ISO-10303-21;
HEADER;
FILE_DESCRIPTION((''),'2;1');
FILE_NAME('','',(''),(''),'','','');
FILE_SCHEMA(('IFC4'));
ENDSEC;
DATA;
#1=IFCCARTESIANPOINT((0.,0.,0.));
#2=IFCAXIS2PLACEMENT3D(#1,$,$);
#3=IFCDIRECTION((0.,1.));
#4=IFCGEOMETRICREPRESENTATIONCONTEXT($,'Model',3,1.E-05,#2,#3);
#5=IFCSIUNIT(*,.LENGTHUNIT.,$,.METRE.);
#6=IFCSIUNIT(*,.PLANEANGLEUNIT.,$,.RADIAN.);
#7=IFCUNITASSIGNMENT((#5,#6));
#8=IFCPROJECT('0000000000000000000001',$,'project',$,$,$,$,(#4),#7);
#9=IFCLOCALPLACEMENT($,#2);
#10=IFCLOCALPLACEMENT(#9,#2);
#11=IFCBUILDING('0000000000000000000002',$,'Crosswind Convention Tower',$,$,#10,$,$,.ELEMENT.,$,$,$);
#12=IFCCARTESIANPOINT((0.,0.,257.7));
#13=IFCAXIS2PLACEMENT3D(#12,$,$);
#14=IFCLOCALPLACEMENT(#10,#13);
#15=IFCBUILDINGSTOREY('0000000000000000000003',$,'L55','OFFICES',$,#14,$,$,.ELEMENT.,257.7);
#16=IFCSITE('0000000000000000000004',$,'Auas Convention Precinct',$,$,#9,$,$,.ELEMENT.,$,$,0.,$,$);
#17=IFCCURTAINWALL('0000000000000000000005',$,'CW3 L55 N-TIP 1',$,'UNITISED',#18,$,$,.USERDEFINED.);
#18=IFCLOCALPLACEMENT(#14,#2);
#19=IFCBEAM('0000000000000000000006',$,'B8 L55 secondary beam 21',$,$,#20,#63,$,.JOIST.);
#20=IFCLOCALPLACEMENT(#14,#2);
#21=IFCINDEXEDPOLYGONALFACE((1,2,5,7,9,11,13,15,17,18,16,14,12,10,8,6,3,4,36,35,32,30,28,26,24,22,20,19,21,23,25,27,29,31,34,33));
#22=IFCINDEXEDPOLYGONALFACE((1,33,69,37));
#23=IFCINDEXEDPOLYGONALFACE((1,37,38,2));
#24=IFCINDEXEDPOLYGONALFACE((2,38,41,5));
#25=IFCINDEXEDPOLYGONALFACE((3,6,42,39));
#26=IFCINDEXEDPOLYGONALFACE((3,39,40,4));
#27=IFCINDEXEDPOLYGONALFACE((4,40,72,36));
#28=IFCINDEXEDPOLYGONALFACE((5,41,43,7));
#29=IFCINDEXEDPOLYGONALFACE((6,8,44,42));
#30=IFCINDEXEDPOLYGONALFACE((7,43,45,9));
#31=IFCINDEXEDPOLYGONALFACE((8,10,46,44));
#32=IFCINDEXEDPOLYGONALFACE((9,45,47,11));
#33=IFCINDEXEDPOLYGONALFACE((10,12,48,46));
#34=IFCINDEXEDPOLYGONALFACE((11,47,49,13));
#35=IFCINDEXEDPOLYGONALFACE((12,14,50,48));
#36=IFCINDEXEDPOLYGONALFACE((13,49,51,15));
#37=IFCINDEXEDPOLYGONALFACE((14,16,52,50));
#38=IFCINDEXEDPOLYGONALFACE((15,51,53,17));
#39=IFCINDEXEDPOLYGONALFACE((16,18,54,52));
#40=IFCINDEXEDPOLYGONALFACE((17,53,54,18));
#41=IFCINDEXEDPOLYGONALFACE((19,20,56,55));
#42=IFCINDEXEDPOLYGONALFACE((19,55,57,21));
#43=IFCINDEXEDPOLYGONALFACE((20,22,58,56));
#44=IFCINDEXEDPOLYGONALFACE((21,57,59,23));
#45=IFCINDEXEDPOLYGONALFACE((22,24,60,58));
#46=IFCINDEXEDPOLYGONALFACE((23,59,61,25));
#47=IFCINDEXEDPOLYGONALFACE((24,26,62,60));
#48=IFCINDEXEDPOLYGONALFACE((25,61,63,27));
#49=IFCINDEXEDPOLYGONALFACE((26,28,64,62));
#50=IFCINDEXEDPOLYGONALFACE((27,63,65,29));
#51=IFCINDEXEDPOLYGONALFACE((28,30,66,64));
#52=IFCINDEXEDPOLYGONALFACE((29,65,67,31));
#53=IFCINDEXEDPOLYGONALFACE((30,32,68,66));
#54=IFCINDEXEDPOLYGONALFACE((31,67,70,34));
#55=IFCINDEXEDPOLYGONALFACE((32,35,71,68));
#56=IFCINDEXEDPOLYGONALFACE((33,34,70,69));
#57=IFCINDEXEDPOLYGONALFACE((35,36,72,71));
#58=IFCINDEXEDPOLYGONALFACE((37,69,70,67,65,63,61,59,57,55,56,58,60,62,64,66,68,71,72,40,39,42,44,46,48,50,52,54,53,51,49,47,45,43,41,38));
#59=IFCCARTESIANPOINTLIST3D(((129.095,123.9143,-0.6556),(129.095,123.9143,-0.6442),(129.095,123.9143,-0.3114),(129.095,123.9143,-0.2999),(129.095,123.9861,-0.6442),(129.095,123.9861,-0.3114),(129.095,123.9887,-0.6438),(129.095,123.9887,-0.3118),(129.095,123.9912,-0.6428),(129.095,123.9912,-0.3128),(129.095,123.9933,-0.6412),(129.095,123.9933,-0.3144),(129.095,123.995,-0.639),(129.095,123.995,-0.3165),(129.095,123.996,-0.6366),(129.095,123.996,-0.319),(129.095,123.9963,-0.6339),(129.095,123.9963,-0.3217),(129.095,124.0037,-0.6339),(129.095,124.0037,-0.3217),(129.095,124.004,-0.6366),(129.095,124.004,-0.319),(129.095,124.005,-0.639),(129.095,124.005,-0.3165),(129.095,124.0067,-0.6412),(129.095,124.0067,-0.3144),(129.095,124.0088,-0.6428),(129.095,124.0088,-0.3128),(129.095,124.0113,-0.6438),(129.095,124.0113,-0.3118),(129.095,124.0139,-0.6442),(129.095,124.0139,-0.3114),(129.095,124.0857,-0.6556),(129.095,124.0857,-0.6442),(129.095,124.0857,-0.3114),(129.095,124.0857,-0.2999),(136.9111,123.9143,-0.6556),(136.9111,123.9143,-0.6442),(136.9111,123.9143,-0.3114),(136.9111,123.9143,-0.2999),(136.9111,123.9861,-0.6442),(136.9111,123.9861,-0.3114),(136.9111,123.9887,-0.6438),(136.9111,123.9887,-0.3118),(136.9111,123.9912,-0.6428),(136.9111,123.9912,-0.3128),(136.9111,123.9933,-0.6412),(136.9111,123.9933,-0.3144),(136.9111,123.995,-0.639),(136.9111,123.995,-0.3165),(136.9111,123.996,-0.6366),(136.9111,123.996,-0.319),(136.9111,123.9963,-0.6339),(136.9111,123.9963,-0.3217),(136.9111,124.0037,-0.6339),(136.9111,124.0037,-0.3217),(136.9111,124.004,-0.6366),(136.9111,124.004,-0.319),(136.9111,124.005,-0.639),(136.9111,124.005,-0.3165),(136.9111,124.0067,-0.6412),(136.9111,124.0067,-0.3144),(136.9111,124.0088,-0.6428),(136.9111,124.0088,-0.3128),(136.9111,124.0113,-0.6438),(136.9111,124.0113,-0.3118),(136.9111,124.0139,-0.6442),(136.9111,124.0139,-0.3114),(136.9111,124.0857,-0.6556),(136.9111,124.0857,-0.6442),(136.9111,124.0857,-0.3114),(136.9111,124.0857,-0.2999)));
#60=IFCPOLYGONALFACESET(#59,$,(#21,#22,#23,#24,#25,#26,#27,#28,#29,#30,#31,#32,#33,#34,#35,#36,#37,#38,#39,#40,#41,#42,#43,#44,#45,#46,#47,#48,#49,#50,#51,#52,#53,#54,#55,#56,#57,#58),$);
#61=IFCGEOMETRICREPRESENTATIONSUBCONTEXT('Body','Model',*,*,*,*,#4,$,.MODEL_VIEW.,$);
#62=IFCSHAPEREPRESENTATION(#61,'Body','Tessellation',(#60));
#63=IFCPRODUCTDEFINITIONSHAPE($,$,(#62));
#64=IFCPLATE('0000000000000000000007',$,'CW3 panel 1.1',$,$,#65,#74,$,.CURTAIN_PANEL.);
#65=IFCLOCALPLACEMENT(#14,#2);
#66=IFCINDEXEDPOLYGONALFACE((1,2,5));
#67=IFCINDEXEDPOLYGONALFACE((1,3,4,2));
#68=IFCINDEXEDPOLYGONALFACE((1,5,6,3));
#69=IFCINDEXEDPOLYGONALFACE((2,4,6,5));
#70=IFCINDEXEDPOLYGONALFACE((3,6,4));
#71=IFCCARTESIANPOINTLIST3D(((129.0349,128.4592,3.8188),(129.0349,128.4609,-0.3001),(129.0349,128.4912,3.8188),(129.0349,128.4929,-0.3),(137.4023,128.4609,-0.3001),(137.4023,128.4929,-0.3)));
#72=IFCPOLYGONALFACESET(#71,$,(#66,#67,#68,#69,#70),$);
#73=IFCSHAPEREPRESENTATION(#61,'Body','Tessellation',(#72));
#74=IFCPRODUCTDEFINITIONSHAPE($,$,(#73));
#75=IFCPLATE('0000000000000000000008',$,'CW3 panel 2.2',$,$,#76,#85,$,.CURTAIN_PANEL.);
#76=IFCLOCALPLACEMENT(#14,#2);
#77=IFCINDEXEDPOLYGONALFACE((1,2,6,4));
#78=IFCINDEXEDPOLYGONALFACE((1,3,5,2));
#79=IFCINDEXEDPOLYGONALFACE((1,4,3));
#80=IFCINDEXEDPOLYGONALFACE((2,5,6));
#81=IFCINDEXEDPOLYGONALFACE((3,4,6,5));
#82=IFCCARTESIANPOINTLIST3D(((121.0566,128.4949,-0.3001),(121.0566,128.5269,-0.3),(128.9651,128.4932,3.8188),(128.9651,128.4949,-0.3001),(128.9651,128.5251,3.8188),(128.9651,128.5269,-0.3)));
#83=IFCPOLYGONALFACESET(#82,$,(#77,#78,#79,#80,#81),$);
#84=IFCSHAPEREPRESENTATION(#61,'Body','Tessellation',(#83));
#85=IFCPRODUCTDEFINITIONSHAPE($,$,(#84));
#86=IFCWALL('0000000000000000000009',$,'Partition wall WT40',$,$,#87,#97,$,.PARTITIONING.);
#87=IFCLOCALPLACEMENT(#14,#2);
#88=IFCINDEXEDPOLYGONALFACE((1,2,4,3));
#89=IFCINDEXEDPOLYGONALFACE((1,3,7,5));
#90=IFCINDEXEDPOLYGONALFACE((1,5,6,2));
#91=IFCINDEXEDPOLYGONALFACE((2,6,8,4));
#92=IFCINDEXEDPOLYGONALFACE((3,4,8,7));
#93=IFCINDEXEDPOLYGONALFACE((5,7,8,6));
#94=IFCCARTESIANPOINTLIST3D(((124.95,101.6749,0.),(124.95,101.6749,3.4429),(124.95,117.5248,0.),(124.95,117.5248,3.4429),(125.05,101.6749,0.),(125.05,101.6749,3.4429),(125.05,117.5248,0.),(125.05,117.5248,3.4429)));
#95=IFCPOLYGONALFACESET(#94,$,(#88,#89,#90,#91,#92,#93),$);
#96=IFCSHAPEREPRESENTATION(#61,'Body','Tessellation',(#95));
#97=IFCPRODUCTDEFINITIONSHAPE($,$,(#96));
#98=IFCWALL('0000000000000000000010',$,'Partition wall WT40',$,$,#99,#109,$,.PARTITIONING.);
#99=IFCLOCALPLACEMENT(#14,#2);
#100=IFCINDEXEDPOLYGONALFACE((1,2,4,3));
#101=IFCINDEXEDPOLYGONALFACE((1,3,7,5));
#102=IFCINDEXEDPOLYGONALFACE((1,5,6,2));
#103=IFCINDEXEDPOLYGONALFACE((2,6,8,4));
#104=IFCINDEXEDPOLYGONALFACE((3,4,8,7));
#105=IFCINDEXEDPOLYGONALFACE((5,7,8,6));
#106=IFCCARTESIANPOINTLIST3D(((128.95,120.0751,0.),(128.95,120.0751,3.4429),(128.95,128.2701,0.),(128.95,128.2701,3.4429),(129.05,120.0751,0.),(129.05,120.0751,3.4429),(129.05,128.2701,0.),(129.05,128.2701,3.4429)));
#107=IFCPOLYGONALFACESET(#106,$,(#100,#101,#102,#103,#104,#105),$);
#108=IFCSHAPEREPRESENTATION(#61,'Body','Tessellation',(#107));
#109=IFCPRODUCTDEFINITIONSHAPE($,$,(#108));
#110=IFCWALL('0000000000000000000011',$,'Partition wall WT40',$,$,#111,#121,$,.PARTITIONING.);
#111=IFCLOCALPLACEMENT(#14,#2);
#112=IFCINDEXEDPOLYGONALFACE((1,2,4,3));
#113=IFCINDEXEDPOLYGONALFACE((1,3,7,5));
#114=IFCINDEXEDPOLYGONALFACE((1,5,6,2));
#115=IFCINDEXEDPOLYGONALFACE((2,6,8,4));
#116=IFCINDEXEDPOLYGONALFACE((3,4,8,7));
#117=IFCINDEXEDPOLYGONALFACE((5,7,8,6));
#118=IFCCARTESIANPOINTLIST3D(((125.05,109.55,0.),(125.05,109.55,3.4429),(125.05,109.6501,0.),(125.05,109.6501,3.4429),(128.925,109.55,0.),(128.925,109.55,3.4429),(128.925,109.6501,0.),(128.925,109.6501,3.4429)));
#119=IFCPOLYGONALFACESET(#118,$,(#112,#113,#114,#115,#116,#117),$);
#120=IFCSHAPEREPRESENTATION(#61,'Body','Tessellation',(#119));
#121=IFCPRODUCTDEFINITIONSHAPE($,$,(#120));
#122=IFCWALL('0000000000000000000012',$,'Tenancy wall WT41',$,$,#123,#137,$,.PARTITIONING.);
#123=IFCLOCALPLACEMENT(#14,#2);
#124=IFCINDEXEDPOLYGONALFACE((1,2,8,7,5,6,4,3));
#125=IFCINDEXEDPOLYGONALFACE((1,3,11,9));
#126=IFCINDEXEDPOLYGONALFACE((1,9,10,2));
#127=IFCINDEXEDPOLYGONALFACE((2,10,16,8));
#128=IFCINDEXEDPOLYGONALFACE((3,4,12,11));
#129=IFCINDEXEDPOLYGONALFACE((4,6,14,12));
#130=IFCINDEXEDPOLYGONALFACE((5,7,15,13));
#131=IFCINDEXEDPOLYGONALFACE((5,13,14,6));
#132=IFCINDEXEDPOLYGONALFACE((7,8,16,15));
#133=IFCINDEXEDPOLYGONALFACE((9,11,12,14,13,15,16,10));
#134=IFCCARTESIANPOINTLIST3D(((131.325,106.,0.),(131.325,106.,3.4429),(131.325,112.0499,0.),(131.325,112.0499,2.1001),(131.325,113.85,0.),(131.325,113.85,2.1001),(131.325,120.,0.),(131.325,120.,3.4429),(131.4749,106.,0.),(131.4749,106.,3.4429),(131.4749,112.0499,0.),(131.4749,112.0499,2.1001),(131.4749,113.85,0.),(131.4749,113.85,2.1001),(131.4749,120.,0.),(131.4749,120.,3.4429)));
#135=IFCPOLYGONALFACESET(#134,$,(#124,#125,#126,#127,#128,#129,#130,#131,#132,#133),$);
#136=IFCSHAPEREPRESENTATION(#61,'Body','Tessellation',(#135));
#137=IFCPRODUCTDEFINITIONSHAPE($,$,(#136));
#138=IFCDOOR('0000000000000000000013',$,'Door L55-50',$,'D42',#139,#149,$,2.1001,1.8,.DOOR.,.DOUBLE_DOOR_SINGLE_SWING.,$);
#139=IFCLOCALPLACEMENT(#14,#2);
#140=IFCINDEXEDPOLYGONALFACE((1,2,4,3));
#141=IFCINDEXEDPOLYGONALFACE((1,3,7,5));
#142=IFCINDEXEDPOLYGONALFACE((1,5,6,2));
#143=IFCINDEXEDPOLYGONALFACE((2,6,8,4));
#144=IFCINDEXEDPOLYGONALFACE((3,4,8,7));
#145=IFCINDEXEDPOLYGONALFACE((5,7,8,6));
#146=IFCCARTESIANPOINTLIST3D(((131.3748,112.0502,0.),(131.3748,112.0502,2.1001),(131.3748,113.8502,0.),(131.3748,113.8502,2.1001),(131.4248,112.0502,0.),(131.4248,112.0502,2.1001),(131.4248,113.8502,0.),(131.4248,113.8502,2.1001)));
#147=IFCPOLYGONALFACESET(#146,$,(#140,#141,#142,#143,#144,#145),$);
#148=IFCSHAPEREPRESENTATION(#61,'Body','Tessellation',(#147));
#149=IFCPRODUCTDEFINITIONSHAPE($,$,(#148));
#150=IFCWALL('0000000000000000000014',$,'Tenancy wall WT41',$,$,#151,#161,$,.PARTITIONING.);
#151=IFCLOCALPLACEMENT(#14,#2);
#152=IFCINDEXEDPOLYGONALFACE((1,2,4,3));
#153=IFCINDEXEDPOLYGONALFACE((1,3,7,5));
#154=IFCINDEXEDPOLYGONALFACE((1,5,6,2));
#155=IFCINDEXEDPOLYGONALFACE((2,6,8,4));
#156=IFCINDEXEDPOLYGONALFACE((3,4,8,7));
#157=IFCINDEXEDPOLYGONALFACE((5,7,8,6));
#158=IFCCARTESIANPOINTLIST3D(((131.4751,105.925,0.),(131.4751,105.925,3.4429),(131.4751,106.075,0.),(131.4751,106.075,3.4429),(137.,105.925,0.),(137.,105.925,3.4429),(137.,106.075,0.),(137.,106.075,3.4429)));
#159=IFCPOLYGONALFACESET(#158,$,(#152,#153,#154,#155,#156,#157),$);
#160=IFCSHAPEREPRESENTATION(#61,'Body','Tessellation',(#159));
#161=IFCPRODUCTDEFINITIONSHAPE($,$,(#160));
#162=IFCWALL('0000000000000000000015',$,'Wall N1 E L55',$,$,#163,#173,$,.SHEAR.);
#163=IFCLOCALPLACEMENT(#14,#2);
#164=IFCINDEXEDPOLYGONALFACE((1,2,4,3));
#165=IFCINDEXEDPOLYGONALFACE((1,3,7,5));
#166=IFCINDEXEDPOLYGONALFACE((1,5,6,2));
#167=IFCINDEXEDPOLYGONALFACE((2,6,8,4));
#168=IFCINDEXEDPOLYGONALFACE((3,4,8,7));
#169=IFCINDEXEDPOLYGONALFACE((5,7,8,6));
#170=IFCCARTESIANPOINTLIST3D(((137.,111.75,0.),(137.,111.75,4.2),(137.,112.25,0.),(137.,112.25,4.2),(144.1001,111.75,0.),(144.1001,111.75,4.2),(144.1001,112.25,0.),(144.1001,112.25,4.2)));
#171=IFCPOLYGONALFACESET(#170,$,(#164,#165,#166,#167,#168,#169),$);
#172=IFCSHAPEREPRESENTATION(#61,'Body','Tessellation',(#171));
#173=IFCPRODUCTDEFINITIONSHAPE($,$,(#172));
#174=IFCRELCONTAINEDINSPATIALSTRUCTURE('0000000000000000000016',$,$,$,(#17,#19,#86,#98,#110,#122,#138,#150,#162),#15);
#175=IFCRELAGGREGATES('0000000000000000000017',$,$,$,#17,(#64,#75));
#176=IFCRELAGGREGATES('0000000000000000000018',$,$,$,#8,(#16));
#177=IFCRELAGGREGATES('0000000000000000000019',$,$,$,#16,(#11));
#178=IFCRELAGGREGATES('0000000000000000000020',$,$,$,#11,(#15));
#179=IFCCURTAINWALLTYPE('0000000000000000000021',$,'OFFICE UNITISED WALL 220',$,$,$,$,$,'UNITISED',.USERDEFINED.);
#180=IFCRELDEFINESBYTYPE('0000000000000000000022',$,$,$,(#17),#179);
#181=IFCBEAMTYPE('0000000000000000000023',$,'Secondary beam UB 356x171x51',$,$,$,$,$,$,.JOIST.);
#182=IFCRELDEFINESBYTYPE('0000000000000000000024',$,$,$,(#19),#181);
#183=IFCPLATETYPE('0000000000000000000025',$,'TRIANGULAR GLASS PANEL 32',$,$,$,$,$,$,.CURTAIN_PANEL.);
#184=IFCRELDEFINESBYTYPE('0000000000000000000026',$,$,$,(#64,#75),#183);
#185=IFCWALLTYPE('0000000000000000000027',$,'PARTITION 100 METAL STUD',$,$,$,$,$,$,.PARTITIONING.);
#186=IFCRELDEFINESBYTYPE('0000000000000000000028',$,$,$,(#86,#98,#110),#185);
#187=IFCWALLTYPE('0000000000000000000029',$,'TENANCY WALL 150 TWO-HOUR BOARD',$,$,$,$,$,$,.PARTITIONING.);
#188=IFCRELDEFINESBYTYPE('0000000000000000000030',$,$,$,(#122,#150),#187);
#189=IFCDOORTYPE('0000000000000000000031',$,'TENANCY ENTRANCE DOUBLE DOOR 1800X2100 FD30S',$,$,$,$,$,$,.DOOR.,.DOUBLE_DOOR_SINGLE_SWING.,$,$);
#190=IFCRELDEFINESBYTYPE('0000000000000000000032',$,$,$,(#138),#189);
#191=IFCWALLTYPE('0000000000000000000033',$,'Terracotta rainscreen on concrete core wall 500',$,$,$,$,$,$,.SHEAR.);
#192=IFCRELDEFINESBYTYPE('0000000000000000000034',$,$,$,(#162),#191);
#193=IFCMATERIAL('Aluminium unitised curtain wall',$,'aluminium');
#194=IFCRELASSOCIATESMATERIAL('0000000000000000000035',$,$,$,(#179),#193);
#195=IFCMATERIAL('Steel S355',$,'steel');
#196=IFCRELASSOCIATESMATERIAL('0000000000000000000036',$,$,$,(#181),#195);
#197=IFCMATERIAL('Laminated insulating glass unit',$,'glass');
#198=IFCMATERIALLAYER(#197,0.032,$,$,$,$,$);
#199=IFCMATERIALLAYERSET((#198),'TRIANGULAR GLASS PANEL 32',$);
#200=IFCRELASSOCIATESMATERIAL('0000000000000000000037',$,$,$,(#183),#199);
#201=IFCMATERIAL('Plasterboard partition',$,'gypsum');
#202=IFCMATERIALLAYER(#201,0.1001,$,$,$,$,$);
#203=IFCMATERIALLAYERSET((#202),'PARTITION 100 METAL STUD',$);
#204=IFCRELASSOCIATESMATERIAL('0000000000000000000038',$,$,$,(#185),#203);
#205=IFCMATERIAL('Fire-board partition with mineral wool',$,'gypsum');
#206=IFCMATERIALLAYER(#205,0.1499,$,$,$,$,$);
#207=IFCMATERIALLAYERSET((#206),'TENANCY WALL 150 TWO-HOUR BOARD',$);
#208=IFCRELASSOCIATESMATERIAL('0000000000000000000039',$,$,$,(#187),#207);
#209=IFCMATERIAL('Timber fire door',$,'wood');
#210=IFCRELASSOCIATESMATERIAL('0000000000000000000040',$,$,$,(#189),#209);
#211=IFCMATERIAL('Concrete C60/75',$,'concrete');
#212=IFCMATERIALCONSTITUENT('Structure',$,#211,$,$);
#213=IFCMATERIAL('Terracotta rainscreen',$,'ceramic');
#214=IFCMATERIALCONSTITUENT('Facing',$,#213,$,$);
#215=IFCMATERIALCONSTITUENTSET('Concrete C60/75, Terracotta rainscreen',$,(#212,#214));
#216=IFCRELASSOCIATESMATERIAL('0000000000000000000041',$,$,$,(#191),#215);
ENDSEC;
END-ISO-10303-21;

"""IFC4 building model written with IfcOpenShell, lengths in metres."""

from ifc_helpers import new_model, si_unit, direction, frame, frame_2d, origin, origin_2d, place, context, subcontext, project, spatial, polyline, rectangle, i_section, outline, extrude, material, layer, layer_set, constituent, constituent_set, material_profile, profile_set, type_object, element, fill, aggregate, save


model = new_model("IFC4")

# Units and contexts
model_context = context("Model", 3, precision=1e-05, world=origin(), true_north=direction((0.0, 1.0)))
body_context = subcontext(model_context, "Body", "Model", "MODEL_VIEW")
ifc_project = project(units=[si_unit("LENGTHUNIT", "METRE"), si_unit("PLANEANGLEUNIT", "RADIAN")], contexts=[model_context])

# Site, building, storey
site_placement = place(None, origin())
site = spatial("IfcSite", under=ifc_project, at=site_placement, Name="Auas Convention Precinct", CompositionType="ELEMENT", RefElevation=0.0)
building_placement = place(site_placement, origin())
building = spatial("IfcBuilding", under=site, at=building_placement, Name="Crosswind Convention Tower", CompositionType="ELEMENT")
storey_placement = place(building_placement, frame((0.0, 0.0, 257.7)))
storey = spatial("IfcBuildingStorey", under=building, at=storey_placement, Name="L55", Description="OFFICES", CompositionType="ELEMENT", Elevation=257.7)

# Shared definitions
ifc_material_1 = material(Name="Concrete C60/75", Category="concrete")

# Shared definitions
ifc_material_2 = material(Name="Steel S355", Category="steel")

# Curtain wall
ifc_material_3 = material(Name="Aluminium unitised curtain wall", Category="aluminium")
curtain_wall_type = type_object("IfcCurtainWallType", Name="OFFICE UNITISED WALL 220", ElementType="UNITISED", PredefinedType="USERDEFINED", material=ifc_material_3)
curtain_wall_placement = place(storey_placement, origin())
curtain_wall = element("IfcCurtainWall", 1, at=curtain_wall_placement, inside=storey, type_object=curtain_wall_type, Name="CW3 L55 N-TIP 1", ObjectType="UNITISED", PredefinedType="USERDEFINED")

# Beam
ifc_material_profile_1 = material_profile(ifc_material_2, i_section(OverallWidth=0.1714, OverallDepth=0.3557, WebThickness=0.0073, FlangeThickness=0.0115, FilletRadius=0.0103, at=origin_2d()), Name="UB 356x171x51")
ifc_profile_set_1 = profile_set([ifc_material_profile_1], Name="Steel S355")
beam_type_1 = type_object("IfcBeamType", Name="Secondary beam UB 356x171x51", PredefinedType="JOIST", material=ifc_profile_set_1)
for number, where, z_axis, x_axis, name in (
    (2, (129.095, 124.0, -0.4778), (1.0, 0.0, 0.0), (0.0, 1.0, 0.0), "B8 L55 secondary beam 21"),
):
    element("IfcBeam", number, at=place(storey_placement, frame(where, z_axis=z_axis, x_axis=x_axis)), inside=storey, type_object=beam_type_1, Name=name, PredefinedType="JOIST", context=body_context, shape_type="SweptSolid", body=[
        extrude(i_section(OverallWidth=0.1714, OverallDepth=0.3557, WebThickness=0.0073, FlangeThickness=0.0115, FilletRadius=0.0103, at=origin_2d()), origin(), (0.0, 0.0, 1.0), 7.8162),
    ])

# Plates
ifc_material_4 = material(Name="Laminated insulating glass unit", Category="glass")
ifc_layer_1 = layer(ifc_material_4, 0.032)
ifc_layer_set_1 = layer_set([ifc_layer_1], Name="TRIANGULAR GLASS PANEL 32")
plate_type = type_object("IfcPlateType", Name="TRIANGULAR GLASS PANEL 32", PredefinedType="CURTAIN_PANEL", material=ifc_layer_set_1)
plate_1_placement = place(storey_placement, frame((129.0349, 128.4929, -0.3), z_axis=(0.0, 1.0, 0.000415), x_axis=(0.0, -0.000415, 1.0)))
plate_1 = element("IfcPlate", 3, at=plate_1_placement, type_object=plate_type, Name="CW3 panel 1.1", PredefinedType="CURTAIN_PANEL", context=body_context, shape_type="SweptSolid", body=[
    extrude(outline(polyline([(0.0, 0.0), (4.1189, 0.0), (0.0, 8.3674), (0.0, 0.0)])), origin(), (0.0, 0.0, -1.0), 0.032),
])
plate_2_placement = place(storey_placement, frame((128.9651, 128.5269, -0.3), z_axis=(0.0, 1.0, 0.000415), x_axis=(-1.0, 0.0, 0.0)))
plate_2 = element("IfcPlate", 4, at=plate_2_placement, type_object=plate_type, Name="CW3 panel 2.2", PredefinedType="CURTAIN_PANEL", context=body_context, shape_type="SweptSolid", body=[
    extrude(outline(polyline([(0.0, 0.0), (7.9084, 0.0), (0.0, 4.1189), (0.0, 0.0)])), origin(), (0.0, 0.0, -1.0), 0.032),
])
aggregate(curtain_wall, [plate_1, plate_2])

# Walls
ifc_material_5 = material(Name="Plasterboard partition", Category="gypsum")
ifc_layer_2 = layer(ifc_material_5, 0.1001)
ifc_layer_set_2 = layer_set([ifc_layer_2], Name="PARTITION 100 METAL STUD")
wall_type_1 = type_object("IfcWallType", Name="PARTITION 100 METAL STUD", PredefinedType="PARTITIONING", material=ifc_layer_set_2)
wall_1_placement = place(storey_placement, frame((125.0, 101.675, 0.0), z_axis=(0.0, 0.0, 1.0), x_axis=(0.0, 1.0, 0.0)))
element("IfcWall", 5, at=wall_1_placement, inside=storey, type_object=wall_type_1, Name="Partition wall WT40", PredefinedType="PARTITIONING", context=body_context, shape_type="SweptSolid", body=[
    extrude(rectangle(XDim=15.8499, YDim=0.1001, at=frame_2d((7.9248, 0.0))), origin(), (0.0, 0.0, 1.0), 3.4429),
])
wall_2_placement = place(storey_placement, frame((129.0, 120.075, 0.0), z_axis=(0.0, 0.0, 1.0), x_axis=(0.0, 1.0, 0.0)))
element("IfcWall", 6, at=wall_2_placement, inside=storey, type_object=wall_type_1, Name="Partition wall WT40", PredefinedType="PARTITIONING", context=body_context, shape_type="SweptSolid", body=[
    extrude(rectangle(XDim=8.1951, YDim=0.1001, at=frame_2d((4.0977, 0.0))), origin(), (0.0, 0.0, 1.0), 3.4429),
])
wall_3_placement = place(storey_placement, frame((125.05, 109.6001, 0.0), z_axis=(0.0, 0.0, 1.0), x_axis=(1.0, 0.0, 0.0)))
element("IfcWall", 7, at=wall_3_placement, inside=storey, type_object=wall_type_1, Name="Partition wall WT40", PredefinedType="PARTITIONING", context=body_context, shape_type="SweptSolid", body=[
    extrude(rectangle(XDim=3.875, YDim=0.1001, at=frame_2d((1.9375, 0.0))), origin(), (0.0, 0.0, 1.0), 3.4429),
])

# Wall, opening, door
ifc_material_6 = material(Name="Fire-board partition with mineral wool", Category="gypsum")
ifc_layer_3 = layer(ifc_material_6, 0.1499)
ifc_layer_set_3 = layer_set([ifc_layer_3], Name="TENANCY WALL 150 TWO-HOUR BOARD")
wall_type_2 = type_object("IfcWallType", Name="TENANCY WALL 150 TWO-HOUR BOARD", PredefinedType="PARTITIONING", material=ifc_layer_set_3)
wall_4_placement = place(storey_placement, frame((131.3999, 106.0, 0.0), z_axis=(0.0, 0.0, 1.0), x_axis=(0.0, 1.0, 0.0)))
wall_4 = element("IfcWall", 8, at=wall_4_placement, inside=storey, type_object=wall_type_2, Name="Tenancy wall WT41", PredefinedType="PARTITIONING", context=body_context, shape_type="SweptSolid", body=[
    extrude(rectangle(XDim=14.0, YDim=0.1499, at=frame_2d((7.0, 0.0))), origin(), (0.0, 0.0, 1.0), 3.4429),
])
opening_placement = place(wall_4_placement, frame((6.05, 0.0, 0.0)))
opening = element("IfcOpeningElement", 9, at=opening_placement, cuts=wall_4, PredefinedType="OPENING", context=body_context, shape_type="SweptSolid", body=[
    extrude(rectangle(XDim=1.8, YDim=2.1001, at=frame_2d((0.8999, 1.05))), frame((0.0, 0.085, 0.0), z_axis=(0.0, -1.0, 0.0), x_axis=(1.0, 0.0, 0.0)), (0.0, 0.0, 1.0), 0.1699),
])
ifc_material_7 = material(Name="Timber fire door", Category="wood")
door_type = type_object("IfcDoorType", Name="TENANCY ENTRANCE DOUBLE DOOR 1800X2100 FD30S", OperationType="DOUBLE_DOOR_SINGLE_SWING", PredefinedType="DOOR", material=ifc_material_7)
door_placement = place(opening_placement, frame((1.8, 0.0, 0.0), z_axis=(0.0, 0.0, 1.0), x_axis=(-1.0, 0.0, 0.0)))
door = element("IfcDoor", 10, at=door_placement, inside=storey, type_object=door_type, Name="Door L55-50", ObjectType="D42", OperationType="DOUBLE_DOOR_SINGLE_SWING", OverallHeight=2.1001, OverallWidth=1.8, PredefinedType="DOOR", context=body_context, shape_type="SweptSolid", body=[
    extrude(rectangle(XDim=1.8, YDim=2.1001, at=frame_2d((0.8999, 1.05))), frame((0.0, 0.0249, 0.0), z_axis=(0.0, -1.0, 0.0), x_axis=(1.0, 0.0, 0.0)), (0.0, 0.0, 1.0), 0.05),
])
fill(opening, door)

# Walls
wall_5_placement = place(storey_placement, frame((131.4751, 106.0, 0.0), z_axis=(0.0, 0.0, 1.0), x_axis=(1.0, 0.0, 0.0)))
element("IfcWall", 11, at=wall_5_placement, inside=storey, type_object=wall_type_2, Name="Tenancy wall WT41", PredefinedType="PARTITIONING", context=body_context, shape_type="SweptSolid", body=[
    extrude(rectangle(XDim=5.5249, YDim=0.1499, at=frame_2d((2.7625, 0.0))), origin(), (0.0, 0.0, 1.0), 3.4429),
])
ifc_constituent_1 = constituent(ifc_material_1, Name="Structure")
ifc_material_8 = material(Name="Terracotta rainscreen", Category="ceramic")
ifc_constituent_2 = constituent(ifc_material_8, Name="Facing")
ifc_constituent_set = constituent_set(constituents=[ifc_constituent_1, ifc_constituent_2], Name="Concrete C60/75, Terracotta rainscreen")
wall_type_3 = type_object("IfcWallType", Name="Terracotta rainscreen on concrete core wall 500", PredefinedType="SHEAR", material=ifc_constituent_set)
wall_6_placement = place(storey_placement, frame((137.0, 112.0, 0.0), z_axis=(0.0, 0.0, 1.0), x_axis=(1.0, 0.0, 0.0)))
element("IfcWall", 12, at=wall_6_placement, inside=storey, type_object=wall_type_3, Name="Wall N1 E L55", PredefinedType="SHEAR", context=body_context, shape_type="SweptSolid", body=[
    extrude(rectangle(XDim=7.1001, YDim=0.5, at=frame_2d((3.55, 0.0))), origin(), (0.0, 0.0, 1.0), 4.2),
])

save(model, "model.ifc")
